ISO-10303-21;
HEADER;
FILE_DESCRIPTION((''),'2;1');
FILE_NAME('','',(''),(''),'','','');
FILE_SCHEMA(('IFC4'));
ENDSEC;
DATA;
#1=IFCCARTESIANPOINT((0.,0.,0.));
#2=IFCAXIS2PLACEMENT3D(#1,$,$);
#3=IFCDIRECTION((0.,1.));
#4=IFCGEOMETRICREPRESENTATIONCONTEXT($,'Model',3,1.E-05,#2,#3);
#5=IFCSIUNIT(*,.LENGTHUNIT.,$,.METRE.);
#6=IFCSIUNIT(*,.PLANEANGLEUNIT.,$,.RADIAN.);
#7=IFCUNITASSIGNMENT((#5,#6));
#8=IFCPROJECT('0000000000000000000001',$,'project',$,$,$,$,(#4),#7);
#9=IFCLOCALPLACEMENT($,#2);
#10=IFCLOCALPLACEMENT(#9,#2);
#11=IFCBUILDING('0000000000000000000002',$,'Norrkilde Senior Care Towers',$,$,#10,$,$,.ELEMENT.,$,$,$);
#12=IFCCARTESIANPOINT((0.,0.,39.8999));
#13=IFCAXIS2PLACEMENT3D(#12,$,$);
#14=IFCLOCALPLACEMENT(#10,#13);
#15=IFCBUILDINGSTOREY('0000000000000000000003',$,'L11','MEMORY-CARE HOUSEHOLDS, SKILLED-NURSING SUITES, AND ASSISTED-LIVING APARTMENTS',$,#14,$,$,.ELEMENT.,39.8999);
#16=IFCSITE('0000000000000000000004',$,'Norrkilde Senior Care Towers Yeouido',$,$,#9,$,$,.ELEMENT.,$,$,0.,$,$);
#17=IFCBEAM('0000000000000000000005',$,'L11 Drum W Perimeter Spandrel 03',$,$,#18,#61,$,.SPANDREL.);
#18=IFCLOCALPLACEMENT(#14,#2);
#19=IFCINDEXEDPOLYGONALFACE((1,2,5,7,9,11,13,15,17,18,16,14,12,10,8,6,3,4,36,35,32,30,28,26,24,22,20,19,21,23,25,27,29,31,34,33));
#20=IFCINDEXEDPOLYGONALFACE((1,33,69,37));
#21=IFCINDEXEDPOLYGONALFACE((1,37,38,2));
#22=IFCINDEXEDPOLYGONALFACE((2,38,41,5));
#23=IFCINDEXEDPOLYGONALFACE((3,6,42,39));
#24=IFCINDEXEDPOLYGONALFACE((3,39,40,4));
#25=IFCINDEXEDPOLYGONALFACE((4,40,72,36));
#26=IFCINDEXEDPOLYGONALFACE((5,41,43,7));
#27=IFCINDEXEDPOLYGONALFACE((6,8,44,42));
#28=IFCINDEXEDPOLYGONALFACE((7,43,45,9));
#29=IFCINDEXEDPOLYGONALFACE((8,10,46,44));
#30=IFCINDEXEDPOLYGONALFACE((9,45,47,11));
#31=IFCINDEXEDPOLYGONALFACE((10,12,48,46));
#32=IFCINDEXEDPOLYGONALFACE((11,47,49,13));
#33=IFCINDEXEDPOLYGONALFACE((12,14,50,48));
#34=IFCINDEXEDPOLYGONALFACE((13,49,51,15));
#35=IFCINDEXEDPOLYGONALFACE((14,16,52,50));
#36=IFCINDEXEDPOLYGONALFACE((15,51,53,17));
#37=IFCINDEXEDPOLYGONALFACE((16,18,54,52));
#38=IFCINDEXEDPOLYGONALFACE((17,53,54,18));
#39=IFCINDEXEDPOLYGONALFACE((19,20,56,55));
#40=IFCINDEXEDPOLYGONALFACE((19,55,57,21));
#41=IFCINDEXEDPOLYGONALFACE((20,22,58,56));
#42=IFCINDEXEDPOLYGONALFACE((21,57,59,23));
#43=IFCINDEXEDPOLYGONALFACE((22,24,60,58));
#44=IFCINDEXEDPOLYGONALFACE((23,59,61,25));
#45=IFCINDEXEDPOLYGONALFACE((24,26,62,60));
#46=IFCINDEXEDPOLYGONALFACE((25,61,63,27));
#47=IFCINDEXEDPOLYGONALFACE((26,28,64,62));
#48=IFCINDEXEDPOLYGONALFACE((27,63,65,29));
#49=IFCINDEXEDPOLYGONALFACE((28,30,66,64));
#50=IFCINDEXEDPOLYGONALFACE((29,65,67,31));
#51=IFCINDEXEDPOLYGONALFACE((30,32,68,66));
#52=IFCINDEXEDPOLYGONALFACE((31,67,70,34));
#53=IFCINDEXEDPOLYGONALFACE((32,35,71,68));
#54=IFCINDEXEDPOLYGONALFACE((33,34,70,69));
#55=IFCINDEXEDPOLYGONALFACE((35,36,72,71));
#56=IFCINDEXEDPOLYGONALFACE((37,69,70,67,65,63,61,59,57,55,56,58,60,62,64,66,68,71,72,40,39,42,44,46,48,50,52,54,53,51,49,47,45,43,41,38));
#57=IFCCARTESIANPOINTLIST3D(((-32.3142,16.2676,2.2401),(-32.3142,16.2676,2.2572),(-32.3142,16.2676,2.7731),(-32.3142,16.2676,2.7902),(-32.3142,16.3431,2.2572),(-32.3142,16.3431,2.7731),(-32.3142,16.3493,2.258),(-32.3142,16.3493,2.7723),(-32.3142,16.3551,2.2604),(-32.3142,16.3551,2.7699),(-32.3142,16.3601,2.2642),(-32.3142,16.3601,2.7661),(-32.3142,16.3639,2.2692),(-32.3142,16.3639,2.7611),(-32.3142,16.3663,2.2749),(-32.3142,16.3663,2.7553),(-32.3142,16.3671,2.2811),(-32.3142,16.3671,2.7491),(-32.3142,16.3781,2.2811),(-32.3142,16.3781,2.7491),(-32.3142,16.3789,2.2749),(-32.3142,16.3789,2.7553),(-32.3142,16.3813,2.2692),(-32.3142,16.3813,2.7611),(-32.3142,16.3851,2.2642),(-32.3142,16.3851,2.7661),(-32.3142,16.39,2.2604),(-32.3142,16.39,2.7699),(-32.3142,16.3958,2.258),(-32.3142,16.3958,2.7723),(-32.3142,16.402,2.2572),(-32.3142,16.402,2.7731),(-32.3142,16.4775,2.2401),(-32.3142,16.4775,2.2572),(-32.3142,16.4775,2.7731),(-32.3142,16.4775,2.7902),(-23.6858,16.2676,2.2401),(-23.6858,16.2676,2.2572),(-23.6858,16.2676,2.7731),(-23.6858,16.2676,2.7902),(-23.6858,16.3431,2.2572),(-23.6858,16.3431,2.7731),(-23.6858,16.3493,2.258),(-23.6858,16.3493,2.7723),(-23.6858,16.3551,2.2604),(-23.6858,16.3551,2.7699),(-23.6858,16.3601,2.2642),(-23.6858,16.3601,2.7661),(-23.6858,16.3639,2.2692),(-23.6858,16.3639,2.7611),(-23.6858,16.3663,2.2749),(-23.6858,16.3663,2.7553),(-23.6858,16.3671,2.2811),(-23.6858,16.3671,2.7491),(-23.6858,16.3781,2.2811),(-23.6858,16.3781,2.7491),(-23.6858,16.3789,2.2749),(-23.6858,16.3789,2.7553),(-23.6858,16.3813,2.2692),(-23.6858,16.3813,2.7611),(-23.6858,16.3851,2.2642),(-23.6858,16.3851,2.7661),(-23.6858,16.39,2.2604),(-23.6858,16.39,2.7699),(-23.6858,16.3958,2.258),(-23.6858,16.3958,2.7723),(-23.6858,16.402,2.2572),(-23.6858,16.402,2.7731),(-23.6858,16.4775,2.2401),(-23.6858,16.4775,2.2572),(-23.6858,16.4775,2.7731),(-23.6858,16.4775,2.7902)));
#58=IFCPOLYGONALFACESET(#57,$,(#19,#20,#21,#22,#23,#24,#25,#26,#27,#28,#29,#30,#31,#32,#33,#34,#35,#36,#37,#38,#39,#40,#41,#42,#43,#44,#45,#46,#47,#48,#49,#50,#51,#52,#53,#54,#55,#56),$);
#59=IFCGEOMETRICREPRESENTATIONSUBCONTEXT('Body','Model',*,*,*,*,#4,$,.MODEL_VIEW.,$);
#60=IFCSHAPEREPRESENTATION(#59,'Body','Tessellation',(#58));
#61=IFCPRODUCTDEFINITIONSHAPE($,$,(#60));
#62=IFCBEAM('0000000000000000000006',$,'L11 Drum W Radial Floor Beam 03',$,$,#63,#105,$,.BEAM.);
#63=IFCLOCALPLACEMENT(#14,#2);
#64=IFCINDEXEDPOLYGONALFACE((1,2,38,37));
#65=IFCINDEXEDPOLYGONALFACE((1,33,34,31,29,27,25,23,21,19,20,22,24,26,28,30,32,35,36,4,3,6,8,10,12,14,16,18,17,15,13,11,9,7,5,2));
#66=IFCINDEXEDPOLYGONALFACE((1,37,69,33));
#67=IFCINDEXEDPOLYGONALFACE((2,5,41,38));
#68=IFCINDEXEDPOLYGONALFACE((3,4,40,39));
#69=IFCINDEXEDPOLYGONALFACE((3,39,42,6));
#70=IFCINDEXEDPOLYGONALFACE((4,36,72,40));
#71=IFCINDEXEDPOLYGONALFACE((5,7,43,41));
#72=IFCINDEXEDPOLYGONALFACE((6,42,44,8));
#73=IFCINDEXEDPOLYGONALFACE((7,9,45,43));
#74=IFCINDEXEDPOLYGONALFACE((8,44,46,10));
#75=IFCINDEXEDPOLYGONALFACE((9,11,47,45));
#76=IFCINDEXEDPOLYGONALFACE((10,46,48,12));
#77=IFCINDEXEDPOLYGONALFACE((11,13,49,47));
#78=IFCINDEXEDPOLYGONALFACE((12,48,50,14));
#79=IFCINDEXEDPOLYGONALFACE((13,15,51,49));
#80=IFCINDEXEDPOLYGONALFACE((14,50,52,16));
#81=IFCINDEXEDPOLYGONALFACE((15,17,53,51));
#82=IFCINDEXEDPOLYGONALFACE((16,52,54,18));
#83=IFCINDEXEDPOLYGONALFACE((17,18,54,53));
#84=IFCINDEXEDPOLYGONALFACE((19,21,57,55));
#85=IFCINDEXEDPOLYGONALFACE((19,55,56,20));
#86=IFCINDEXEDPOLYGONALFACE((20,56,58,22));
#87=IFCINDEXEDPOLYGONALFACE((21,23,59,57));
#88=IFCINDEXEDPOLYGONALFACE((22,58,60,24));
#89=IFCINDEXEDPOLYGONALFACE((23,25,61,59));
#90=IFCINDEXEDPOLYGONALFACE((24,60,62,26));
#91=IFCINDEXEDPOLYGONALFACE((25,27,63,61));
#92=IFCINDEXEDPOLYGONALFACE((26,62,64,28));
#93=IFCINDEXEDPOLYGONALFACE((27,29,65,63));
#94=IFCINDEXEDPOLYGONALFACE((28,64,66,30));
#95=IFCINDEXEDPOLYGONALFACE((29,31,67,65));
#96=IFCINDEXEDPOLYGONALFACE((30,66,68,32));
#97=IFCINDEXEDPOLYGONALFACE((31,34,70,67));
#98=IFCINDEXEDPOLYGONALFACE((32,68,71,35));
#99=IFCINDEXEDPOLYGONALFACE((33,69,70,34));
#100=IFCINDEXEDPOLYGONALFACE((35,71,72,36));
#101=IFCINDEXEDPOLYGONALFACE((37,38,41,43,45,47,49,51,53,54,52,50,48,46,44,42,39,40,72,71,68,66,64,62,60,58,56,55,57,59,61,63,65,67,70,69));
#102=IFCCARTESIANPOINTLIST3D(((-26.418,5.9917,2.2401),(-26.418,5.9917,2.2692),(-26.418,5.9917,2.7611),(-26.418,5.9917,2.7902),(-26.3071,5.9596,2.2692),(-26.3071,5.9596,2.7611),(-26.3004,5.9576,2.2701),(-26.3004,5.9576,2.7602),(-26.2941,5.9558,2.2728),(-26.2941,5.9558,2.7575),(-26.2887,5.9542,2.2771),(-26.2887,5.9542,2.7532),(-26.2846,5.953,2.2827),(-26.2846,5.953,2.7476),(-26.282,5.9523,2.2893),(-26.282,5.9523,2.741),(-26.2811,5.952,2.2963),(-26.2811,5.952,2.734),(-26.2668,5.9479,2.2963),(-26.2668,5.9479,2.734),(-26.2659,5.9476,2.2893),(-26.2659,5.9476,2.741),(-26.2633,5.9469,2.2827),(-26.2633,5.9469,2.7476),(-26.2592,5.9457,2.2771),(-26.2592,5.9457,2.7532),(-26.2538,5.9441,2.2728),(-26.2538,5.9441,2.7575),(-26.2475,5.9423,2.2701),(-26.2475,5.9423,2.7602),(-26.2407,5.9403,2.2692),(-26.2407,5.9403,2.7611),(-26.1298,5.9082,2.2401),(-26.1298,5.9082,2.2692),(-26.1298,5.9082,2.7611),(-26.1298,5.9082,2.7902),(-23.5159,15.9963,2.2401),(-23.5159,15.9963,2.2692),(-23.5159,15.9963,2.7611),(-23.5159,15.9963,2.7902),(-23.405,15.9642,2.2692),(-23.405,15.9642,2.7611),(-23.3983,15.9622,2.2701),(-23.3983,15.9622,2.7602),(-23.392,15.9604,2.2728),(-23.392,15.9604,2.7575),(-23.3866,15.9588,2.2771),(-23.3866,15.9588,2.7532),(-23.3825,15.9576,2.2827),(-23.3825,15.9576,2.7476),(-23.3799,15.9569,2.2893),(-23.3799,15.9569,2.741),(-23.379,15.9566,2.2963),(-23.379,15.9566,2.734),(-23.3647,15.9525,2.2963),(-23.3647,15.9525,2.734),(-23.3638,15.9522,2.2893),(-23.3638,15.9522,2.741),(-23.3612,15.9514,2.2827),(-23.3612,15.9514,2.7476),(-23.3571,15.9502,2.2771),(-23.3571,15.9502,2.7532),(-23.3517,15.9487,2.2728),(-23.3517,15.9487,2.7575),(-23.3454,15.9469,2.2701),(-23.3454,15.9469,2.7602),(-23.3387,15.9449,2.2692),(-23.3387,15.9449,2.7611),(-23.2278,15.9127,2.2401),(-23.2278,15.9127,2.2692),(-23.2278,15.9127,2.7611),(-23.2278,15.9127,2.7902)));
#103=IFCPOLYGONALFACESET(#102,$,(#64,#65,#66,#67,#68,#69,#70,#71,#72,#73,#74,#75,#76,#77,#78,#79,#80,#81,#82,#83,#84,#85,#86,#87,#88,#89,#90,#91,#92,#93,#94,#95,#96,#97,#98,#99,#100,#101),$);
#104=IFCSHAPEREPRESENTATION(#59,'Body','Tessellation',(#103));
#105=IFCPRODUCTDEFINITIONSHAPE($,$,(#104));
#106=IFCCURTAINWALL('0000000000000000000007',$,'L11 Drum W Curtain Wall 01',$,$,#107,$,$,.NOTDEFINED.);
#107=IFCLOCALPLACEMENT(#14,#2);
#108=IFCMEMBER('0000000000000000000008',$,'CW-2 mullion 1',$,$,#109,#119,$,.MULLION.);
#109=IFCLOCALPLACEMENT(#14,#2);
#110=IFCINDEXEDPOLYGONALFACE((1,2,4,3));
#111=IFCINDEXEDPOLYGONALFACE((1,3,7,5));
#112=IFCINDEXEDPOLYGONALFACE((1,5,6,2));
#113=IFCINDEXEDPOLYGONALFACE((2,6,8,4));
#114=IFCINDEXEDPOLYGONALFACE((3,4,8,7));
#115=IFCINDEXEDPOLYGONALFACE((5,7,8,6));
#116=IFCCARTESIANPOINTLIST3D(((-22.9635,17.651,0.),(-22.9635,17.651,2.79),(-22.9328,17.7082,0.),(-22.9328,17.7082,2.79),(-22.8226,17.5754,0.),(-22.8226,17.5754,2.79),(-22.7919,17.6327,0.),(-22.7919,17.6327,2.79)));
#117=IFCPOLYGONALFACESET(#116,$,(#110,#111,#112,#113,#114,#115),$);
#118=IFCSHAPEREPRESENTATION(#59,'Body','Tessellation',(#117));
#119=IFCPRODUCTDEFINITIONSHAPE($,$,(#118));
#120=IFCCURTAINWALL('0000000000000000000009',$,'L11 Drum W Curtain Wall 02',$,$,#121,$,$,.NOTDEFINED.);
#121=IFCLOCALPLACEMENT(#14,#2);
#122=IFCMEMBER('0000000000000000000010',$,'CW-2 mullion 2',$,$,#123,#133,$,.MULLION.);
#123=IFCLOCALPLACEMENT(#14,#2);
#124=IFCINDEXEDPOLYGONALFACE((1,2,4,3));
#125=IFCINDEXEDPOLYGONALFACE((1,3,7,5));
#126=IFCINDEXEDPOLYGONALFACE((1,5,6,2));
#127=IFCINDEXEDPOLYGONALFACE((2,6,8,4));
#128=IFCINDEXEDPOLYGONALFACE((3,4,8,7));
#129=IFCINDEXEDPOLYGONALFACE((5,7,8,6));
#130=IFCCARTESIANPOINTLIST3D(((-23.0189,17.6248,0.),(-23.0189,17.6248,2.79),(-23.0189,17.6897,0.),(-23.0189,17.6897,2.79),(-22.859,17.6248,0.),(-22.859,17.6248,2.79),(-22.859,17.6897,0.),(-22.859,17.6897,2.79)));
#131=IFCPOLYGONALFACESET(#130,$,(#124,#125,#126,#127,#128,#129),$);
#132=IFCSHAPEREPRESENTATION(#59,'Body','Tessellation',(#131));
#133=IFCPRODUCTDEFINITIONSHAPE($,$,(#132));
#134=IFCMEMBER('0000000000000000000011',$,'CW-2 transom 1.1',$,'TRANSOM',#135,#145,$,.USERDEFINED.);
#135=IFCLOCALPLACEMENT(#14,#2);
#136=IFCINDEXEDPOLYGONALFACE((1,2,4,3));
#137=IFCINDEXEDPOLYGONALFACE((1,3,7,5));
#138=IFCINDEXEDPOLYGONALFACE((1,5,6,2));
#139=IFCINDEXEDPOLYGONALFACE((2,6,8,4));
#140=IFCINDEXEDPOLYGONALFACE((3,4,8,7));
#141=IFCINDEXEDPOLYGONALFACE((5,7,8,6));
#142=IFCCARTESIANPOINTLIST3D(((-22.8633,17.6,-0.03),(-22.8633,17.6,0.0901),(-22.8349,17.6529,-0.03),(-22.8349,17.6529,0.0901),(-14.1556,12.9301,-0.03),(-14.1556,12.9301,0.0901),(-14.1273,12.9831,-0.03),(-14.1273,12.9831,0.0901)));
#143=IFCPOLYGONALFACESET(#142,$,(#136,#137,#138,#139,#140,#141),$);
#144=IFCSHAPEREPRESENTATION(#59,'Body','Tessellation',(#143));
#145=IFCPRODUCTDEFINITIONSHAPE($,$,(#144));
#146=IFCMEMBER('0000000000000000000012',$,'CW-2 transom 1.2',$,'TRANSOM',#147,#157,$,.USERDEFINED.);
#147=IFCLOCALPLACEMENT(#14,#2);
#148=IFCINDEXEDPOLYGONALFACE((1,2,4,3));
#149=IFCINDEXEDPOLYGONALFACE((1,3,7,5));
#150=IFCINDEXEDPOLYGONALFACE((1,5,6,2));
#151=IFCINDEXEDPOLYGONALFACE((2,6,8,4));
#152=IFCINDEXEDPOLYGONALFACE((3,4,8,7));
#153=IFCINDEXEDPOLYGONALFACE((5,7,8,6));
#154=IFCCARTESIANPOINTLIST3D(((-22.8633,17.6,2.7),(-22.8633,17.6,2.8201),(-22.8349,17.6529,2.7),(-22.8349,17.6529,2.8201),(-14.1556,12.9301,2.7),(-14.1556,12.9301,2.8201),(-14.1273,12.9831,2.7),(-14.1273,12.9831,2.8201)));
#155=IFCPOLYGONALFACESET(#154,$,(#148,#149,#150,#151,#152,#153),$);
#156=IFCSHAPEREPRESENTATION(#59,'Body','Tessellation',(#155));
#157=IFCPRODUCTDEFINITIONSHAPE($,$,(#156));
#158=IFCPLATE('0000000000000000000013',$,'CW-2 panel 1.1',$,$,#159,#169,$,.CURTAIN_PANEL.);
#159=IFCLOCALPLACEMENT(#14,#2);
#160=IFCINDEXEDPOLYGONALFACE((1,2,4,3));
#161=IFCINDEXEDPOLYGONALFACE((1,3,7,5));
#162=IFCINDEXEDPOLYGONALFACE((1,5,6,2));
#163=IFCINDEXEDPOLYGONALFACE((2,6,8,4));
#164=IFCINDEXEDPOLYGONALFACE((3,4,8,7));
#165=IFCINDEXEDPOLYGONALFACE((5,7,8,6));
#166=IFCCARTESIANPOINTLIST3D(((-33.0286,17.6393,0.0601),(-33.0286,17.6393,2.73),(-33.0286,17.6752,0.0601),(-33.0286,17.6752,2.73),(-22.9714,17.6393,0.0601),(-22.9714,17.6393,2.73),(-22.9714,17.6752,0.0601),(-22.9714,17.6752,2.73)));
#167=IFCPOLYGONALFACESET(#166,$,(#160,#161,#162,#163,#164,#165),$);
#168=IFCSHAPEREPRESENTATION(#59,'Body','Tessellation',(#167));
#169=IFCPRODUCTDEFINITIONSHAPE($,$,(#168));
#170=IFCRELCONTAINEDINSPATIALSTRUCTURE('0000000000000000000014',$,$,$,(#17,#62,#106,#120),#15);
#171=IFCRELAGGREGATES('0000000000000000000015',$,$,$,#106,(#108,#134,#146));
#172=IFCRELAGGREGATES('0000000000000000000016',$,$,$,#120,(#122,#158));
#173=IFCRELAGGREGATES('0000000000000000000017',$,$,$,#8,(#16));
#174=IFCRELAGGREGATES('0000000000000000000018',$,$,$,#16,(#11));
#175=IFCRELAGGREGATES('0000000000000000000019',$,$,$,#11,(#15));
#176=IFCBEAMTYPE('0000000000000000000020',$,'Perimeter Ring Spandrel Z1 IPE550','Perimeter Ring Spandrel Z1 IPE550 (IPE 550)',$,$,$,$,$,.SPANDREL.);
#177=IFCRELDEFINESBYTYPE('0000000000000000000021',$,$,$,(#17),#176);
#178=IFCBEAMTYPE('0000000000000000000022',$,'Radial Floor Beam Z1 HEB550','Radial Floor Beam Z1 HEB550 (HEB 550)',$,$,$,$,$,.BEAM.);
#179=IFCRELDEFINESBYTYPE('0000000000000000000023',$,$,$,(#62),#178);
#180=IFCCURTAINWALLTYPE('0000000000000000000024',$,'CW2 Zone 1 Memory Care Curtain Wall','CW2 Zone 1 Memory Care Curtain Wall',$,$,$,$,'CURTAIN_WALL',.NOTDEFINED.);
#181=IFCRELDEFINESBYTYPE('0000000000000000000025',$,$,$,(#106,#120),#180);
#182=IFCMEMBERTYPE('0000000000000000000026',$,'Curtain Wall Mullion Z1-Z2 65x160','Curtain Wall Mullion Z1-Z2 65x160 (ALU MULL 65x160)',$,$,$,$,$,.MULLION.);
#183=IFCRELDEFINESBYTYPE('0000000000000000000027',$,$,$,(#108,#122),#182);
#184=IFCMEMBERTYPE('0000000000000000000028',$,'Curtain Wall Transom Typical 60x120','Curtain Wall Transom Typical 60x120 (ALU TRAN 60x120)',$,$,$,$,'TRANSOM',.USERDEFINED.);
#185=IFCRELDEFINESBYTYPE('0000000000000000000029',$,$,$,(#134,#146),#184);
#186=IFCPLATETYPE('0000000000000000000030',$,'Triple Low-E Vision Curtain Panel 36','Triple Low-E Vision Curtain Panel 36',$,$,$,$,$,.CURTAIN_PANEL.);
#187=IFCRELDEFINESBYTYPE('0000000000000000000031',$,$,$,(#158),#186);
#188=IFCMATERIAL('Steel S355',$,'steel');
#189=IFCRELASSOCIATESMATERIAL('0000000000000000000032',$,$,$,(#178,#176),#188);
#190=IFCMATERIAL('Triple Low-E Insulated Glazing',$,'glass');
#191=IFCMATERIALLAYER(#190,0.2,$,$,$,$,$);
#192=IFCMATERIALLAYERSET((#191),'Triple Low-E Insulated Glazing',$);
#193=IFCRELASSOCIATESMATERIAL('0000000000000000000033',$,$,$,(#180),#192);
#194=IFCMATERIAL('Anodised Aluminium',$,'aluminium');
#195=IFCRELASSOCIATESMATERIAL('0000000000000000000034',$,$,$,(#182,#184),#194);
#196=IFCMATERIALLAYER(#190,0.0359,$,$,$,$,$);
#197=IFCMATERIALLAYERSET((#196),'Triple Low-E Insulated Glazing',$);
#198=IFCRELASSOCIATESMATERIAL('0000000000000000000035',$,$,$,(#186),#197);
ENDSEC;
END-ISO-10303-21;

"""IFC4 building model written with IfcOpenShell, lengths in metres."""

from ifc_helpers import new_model, si_unit, direction, frame, origin, origin_2d, place, context, subcontext, project, spatial, rectangle, i_section, extrude, source, transform, mapped, material, layer, layer_set, material_profile, profile_set, type_object, type_shapes, element, aggregate, save


model = new_model("IFC4")

# Units and contexts
model_context = context("Model", 3, precision=1e-05, world=origin(), true_north=direction((0.0, 1.0)))
body_context = subcontext(model_context, "Body", "Model", "MODEL_VIEW")
ifc_project = project(units=[si_unit("LENGTHUNIT", "METRE"), si_unit("PLANEANGLEUNIT", "RADIAN")], contexts=[model_context])

# Site, building, storey
site_placement = place(None, origin())
site = spatial("IfcSite", under=ifc_project, at=site_placement, Name="Norrkilde Senior Care Towers Yeouido", CompositionType="ELEMENT", RefElevation=0.0)
building_placement = place(site_placement, origin())
building = spatial("IfcBuilding", under=site, at=building_placement, Name="Norrkilde Senior Care Towers", CompositionType="ELEMENT")
storey_placement = place(building_placement, frame((0.0, 0.0, 39.8999)))
storey = spatial("IfcBuildingStorey", under=building, at=storey_placement, Name="L11", Description="MEMORY-CARE HOUSEHOLDS, SKILLED-NURSING SUITES, AND ASSISTED-LIVING APARTMENTS", CompositionType="ELEMENT", Elevation=39.8999)

# Beams
ifc_material_1 = material(Name="Steel S355", Category="steel")
ifc_material_profile_1 = material_profile(ifc_material_1, i_section(OverallWidth=0.3, OverallDepth=0.55, WebThickness=0.0149, FlangeThickness=0.0291, FilletRadius=0.0271, at=origin_2d()), Name="HEB 550")
ifc_profile_set_1 = profile_set([ifc_material_profile_1], Name="Steel S355")
beam_type_1 = type_object("IfcBeamType", Name="Radial Floor Beam Z1 HEB550", Description="Radial Floor Beam Z1 HEB550 (HEB 550)", PredefinedType="BEAM", material=ifc_profile_set_1)
ifc_material_profile_2 = material_profile(ifc_material_1, i_section(OverallWidth=0.21, OverallDepth=0.55, WebThickness=0.011, FlangeThickness=0.0171, FilletRadius=0.0239, at=origin_2d()), Name="IPE 550")
ifc_profile_set_2 = profile_set([ifc_material_profile_2], Name="Steel S355")
beam_type_2 = type_object("IfcBeamType", Name="Perimeter Ring Spandrel Z1 IPE550", Description="Perimeter Ring Spandrel Z1 IPE550 (IPE 550)", PredefinedType="SPANDREL", material=ifc_profile_set_2)
shared_shape_1 = source(origin(), body_context, "Body", "SweptSolid", [
    extrude(i_section(OverallWidth=0.21, OverallDepth=0.55, WebThickness=0.011, FlangeThickness=0.0171, FilletRadius=0.0239, at=origin_2d()), origin(), (0.0, 0.0, 1.0), 8.6284),
])
type_shapes(beam_type_2, [shared_shape_1])
beam_1_placement = place(storey_placement, frame((-23.6858, 16.3726, 2.5151), z_axis=(-1.0, 0.0, 0.0), x_axis=(0.0, -1.0, 0.0)))
element("IfcBeam", 1, at=beam_1_placement, inside=storey, type_object=beam_type_2, Name="L11 Drum W Perimeter Spandrel 03", PredefinedType="SPANDREL", context=body_context, shape_type="MappedRepresentation", body=[
    mapped(shared_shape_1, transform((0.0, 0.0, 0.0), x_axis=(1.0, 0.0, 0.0), y_axis=(0.0, 1.0, 0.0), z_axis=(0.0, 0.0, 1.0), scale=1.0)),
])
shared_shape_2 = source(origin(), body_context, "Body", "SweptSolid", [
    extrude(i_section(OverallWidth=0.3, OverallDepth=0.55, WebThickness=0.0149, FlangeThickness=0.0291, FilletRadius=0.0271, at=origin_2d()), origin(), (0.0, 0.0, 1.0), 10.417),
])
beam_2_placement = place(storey_placement, frame((-26.2739, 5.95, 2.5151), z_axis=(0.278591, 0.96041, 0.0), x_axis=(-0.96041, 0.278591, 0.0)))
element("IfcBeam", 2, at=beam_2_placement, inside=storey, type_object=beam_type_1, Name="L11 Drum W Radial Floor Beam 03", PredefinedType="BEAM", context=body_context, shape_type="MappedRepresentation", body=[
    mapped(shared_shape_2, transform((0.0, 0.0, 0.0), x_axis=(1.0, 0.0, 0.0), y_axis=(0.0, 1.0, 0.0), z_axis=(0.0, 0.0, 1.0), scale=1.0)),
])

# Curtain walls, members
ifc_material_2 = material(Name="Triple Low-E Insulated Glazing", Category="glass")
ifc_layer_1 = layer(ifc_material_2, 0.2)
ifc_layer_set_1 = layer_set([ifc_layer_1], Name="Triple Low-E Insulated Glazing")
curtain_wall_type = type_object("IfcCurtainWallType", Name="CW2 Zone 1 Memory Care Curtain Wall", Description="CW2 Zone 1 Memory Care Curtain Wall", ElementType="CURTAIN_WALL", PredefinedType="NOTDEFINED", material=ifc_layer_set_1)
curtain_wall_1_placement = place(storey_placement, origin())
curtain_wall_1 = element("IfcCurtainWall", 3, at=curtain_wall_1_placement, inside=storey, type_object=curtain_wall_type, Name="L11 Drum W Curtain Wall 01", PredefinedType="NOTDEFINED")
ifc_material_3 = material(Name="Anodised Aluminium", Category="aluminium")
ifc_material_profile_3 = material_profile(ifc_material_3, rectangle(XDim=0.0649, YDim=0.1599, at=origin_2d()), Name="ALU MULL 65x160")
ifc_profile_set_3 = profile_set([ifc_material_profile_3], Name="Anodised Aluminium")
member_type_1 = type_object("IfcMemberType", Name="Curtain Wall Mullion Z1-Z2 65x160", Description="Curtain Wall Mullion Z1-Z2 65x160 (ALU MULL 65x160)", PredefinedType="MULLION", material=ifc_profile_set_3)
shared_shape_3 = source(origin(), body_context, "Body", "SweptSolid", [
    extrude(rectangle(XDim=0.0649, YDim=0.1599, at=origin_2d()), origin(), (0.0, 0.0, 1.0), 2.79),
])
type_shapes(member_type_1, [shared_shape_3])
member_1_placement = place(storey_placement, frame((-22.8777, 17.6418, 0.0), z_axis=(0.0, 0.0, 1.0), x_axis=(0.472608, 0.881273, 0.0)))
member_1 = element("IfcMember", 4, at=member_1_placement, type_object=member_type_1, Name="CW-2 mullion 1", PredefinedType="MULLION", context=body_context, shape_type="MappedRepresentation", body=[
    mapped(shared_shape_3, transform((0.0, 0.0, 0.0), x_axis=(1.0, 0.0, 0.0), y_axis=(0.0, 1.0, 0.0), z_axis=(0.0, 0.0, 1.0), scale=1.0)),
])
curtain_wall_2_placement = place(storey_placement, origin())
curtain_wall_2 = element("IfcCurtainWall", 5, at=curtain_wall_2_placement, inside=storey, type_object=curtain_wall_type, Name="L11 Drum W Curtain Wall 02", PredefinedType="NOTDEFINED")
member_2_placement = place(storey_placement, frame((-22.939, 17.6572, 0.0), z_axis=(0.0, 0.0, 1.0), x_axis=(0.0, 1.0, 0.0)))
member_2 = element("IfcMember", 6, at=member_2_placement, type_object=member_type_1, Name="CW-2 mullion 2", PredefinedType="MULLION", context=body_context, shape_type="MappedRepresentation", body=[
    mapped(shared_shape_3, transform((0.0, 0.0, 0.0), x_axis=(1.0, 0.0, 0.0), y_axis=(0.0, 1.0, 0.0), z_axis=(0.0, 0.0, 1.0), scale=1.0)),
])

# Members
ifc_material_profile_4 = material_profile(ifc_material_3, rectangle(XDim=0.0601, YDim=0.1201, at=origin_2d()), Name="ALU TRAN 60x120")
ifc_profile_set_4 = profile_set([ifc_material_profile_4], Name="Anodised Aluminium")
member_type_2 = type_object("IfcMemberType", Name="Curtain Wall Transom Typical 60x120", Description="Curtain Wall Transom Typical 60x120 (ALU TRAN 60x120)", ElementType="TRANSOM", PredefinedType="USERDEFINED", material=ifc_profile_set_4)
shared_shape_4 = source(origin(), body_context, "Body", "SweptSolid", [
    extrude(rectangle(XDim=0.0601, YDim=0.1201, at=origin_2d()), origin(), (0.0, 0.0, 1.0), 9.8809),
])
type_shapes(member_type_2, [shared_shape_4])
member_3_placement = place(storey_placement, frame((-22.8491, 17.6265, 0.03), z_axis=(0.881267, -0.472618, 0.0), x_axis=(0.472618, 0.881267, 0.0)))
member_3 = element("IfcMember", 7, at=member_3_placement, type_object=member_type_2, Name="CW-2 transom 1.1", ObjectType="TRANSOM", PredefinedType="USERDEFINED", context=body_context, shape_type="MappedRepresentation", body=[
    mapped(shared_shape_4, transform((0.0, 0.0, 0.0), x_axis=(1.0, 0.0, 0.0), y_axis=(0.0, 1.0, 0.0), z_axis=(0.0, 0.0, 1.0), scale=1.0)),
])
member_4_placement = place(storey_placement, frame((-22.8491, 17.6265, 2.76), z_axis=(0.881267, -0.472618, 0.0), x_axis=(0.472618, 0.881267, 0.0)))
member_4 = element("IfcMember", 8, at=member_4_placement, type_object=member_type_2, Name="CW-2 transom 1.2", ObjectType="TRANSOM", PredefinedType="USERDEFINED", context=body_context, shape_type="MappedRepresentation", body=[
    mapped(shared_shape_4, transform((0.0, 0.0, 0.0), x_axis=(1.0, 0.0, 0.0), y_axis=(0.0, 1.0, 0.0), z_axis=(0.0, 0.0, 1.0), scale=1.0)),
])
aggregate(curtain_wall_1, [member_1, member_3, member_4])

# Plate
ifc_layer_2 = layer(ifc_material_2, 0.0359)
ifc_layer_set_2 = layer_set([ifc_layer_2], Name="Triple Low-E Insulated Glazing")
plate_type = type_object("IfcPlateType", Name="Triple Low-E Vision Curtain Panel 36", Description="Triple Low-E Vision Curtain Panel 36", PredefinedType="CURTAIN_PANEL", material=ifc_layer_set_2)
shared_shape_5 = source(origin(), body_context, "Body", "SweptSolid", [
    extrude(rectangle(XDim=10.0571, YDim=0.0359, at=origin_2d()), origin(), (0.0, 0.0, 1.0), 2.6699),
])
type_shapes(plate_type, [shared_shape_5])
plate_placement = place(storey_placement, frame((-28.0, 17.6572, 0.0601), z_axis=(0.0, 0.0, 1.0), x_axis=(1.0, 0.0, 0.0)))
plate = element("IfcPlate", 9, at=plate_placement, type_object=plate_type, Name="CW-2 panel 1.1", PredefinedType="CURTAIN_PANEL", context=body_context, shape_type="MappedRepresentation", body=[
    mapped(shared_shape_5, transform((0.0, 0.0, 0.0), x_axis=(1.0, 0.0, 0.0), y_axis=(0.0, 1.0, 0.0), z_axis=(0.0, 0.0, 1.0), scale=1.0)),
])
aggregate(curtain_wall_2, [member_2, plate])

save(model, "model.ifc")
